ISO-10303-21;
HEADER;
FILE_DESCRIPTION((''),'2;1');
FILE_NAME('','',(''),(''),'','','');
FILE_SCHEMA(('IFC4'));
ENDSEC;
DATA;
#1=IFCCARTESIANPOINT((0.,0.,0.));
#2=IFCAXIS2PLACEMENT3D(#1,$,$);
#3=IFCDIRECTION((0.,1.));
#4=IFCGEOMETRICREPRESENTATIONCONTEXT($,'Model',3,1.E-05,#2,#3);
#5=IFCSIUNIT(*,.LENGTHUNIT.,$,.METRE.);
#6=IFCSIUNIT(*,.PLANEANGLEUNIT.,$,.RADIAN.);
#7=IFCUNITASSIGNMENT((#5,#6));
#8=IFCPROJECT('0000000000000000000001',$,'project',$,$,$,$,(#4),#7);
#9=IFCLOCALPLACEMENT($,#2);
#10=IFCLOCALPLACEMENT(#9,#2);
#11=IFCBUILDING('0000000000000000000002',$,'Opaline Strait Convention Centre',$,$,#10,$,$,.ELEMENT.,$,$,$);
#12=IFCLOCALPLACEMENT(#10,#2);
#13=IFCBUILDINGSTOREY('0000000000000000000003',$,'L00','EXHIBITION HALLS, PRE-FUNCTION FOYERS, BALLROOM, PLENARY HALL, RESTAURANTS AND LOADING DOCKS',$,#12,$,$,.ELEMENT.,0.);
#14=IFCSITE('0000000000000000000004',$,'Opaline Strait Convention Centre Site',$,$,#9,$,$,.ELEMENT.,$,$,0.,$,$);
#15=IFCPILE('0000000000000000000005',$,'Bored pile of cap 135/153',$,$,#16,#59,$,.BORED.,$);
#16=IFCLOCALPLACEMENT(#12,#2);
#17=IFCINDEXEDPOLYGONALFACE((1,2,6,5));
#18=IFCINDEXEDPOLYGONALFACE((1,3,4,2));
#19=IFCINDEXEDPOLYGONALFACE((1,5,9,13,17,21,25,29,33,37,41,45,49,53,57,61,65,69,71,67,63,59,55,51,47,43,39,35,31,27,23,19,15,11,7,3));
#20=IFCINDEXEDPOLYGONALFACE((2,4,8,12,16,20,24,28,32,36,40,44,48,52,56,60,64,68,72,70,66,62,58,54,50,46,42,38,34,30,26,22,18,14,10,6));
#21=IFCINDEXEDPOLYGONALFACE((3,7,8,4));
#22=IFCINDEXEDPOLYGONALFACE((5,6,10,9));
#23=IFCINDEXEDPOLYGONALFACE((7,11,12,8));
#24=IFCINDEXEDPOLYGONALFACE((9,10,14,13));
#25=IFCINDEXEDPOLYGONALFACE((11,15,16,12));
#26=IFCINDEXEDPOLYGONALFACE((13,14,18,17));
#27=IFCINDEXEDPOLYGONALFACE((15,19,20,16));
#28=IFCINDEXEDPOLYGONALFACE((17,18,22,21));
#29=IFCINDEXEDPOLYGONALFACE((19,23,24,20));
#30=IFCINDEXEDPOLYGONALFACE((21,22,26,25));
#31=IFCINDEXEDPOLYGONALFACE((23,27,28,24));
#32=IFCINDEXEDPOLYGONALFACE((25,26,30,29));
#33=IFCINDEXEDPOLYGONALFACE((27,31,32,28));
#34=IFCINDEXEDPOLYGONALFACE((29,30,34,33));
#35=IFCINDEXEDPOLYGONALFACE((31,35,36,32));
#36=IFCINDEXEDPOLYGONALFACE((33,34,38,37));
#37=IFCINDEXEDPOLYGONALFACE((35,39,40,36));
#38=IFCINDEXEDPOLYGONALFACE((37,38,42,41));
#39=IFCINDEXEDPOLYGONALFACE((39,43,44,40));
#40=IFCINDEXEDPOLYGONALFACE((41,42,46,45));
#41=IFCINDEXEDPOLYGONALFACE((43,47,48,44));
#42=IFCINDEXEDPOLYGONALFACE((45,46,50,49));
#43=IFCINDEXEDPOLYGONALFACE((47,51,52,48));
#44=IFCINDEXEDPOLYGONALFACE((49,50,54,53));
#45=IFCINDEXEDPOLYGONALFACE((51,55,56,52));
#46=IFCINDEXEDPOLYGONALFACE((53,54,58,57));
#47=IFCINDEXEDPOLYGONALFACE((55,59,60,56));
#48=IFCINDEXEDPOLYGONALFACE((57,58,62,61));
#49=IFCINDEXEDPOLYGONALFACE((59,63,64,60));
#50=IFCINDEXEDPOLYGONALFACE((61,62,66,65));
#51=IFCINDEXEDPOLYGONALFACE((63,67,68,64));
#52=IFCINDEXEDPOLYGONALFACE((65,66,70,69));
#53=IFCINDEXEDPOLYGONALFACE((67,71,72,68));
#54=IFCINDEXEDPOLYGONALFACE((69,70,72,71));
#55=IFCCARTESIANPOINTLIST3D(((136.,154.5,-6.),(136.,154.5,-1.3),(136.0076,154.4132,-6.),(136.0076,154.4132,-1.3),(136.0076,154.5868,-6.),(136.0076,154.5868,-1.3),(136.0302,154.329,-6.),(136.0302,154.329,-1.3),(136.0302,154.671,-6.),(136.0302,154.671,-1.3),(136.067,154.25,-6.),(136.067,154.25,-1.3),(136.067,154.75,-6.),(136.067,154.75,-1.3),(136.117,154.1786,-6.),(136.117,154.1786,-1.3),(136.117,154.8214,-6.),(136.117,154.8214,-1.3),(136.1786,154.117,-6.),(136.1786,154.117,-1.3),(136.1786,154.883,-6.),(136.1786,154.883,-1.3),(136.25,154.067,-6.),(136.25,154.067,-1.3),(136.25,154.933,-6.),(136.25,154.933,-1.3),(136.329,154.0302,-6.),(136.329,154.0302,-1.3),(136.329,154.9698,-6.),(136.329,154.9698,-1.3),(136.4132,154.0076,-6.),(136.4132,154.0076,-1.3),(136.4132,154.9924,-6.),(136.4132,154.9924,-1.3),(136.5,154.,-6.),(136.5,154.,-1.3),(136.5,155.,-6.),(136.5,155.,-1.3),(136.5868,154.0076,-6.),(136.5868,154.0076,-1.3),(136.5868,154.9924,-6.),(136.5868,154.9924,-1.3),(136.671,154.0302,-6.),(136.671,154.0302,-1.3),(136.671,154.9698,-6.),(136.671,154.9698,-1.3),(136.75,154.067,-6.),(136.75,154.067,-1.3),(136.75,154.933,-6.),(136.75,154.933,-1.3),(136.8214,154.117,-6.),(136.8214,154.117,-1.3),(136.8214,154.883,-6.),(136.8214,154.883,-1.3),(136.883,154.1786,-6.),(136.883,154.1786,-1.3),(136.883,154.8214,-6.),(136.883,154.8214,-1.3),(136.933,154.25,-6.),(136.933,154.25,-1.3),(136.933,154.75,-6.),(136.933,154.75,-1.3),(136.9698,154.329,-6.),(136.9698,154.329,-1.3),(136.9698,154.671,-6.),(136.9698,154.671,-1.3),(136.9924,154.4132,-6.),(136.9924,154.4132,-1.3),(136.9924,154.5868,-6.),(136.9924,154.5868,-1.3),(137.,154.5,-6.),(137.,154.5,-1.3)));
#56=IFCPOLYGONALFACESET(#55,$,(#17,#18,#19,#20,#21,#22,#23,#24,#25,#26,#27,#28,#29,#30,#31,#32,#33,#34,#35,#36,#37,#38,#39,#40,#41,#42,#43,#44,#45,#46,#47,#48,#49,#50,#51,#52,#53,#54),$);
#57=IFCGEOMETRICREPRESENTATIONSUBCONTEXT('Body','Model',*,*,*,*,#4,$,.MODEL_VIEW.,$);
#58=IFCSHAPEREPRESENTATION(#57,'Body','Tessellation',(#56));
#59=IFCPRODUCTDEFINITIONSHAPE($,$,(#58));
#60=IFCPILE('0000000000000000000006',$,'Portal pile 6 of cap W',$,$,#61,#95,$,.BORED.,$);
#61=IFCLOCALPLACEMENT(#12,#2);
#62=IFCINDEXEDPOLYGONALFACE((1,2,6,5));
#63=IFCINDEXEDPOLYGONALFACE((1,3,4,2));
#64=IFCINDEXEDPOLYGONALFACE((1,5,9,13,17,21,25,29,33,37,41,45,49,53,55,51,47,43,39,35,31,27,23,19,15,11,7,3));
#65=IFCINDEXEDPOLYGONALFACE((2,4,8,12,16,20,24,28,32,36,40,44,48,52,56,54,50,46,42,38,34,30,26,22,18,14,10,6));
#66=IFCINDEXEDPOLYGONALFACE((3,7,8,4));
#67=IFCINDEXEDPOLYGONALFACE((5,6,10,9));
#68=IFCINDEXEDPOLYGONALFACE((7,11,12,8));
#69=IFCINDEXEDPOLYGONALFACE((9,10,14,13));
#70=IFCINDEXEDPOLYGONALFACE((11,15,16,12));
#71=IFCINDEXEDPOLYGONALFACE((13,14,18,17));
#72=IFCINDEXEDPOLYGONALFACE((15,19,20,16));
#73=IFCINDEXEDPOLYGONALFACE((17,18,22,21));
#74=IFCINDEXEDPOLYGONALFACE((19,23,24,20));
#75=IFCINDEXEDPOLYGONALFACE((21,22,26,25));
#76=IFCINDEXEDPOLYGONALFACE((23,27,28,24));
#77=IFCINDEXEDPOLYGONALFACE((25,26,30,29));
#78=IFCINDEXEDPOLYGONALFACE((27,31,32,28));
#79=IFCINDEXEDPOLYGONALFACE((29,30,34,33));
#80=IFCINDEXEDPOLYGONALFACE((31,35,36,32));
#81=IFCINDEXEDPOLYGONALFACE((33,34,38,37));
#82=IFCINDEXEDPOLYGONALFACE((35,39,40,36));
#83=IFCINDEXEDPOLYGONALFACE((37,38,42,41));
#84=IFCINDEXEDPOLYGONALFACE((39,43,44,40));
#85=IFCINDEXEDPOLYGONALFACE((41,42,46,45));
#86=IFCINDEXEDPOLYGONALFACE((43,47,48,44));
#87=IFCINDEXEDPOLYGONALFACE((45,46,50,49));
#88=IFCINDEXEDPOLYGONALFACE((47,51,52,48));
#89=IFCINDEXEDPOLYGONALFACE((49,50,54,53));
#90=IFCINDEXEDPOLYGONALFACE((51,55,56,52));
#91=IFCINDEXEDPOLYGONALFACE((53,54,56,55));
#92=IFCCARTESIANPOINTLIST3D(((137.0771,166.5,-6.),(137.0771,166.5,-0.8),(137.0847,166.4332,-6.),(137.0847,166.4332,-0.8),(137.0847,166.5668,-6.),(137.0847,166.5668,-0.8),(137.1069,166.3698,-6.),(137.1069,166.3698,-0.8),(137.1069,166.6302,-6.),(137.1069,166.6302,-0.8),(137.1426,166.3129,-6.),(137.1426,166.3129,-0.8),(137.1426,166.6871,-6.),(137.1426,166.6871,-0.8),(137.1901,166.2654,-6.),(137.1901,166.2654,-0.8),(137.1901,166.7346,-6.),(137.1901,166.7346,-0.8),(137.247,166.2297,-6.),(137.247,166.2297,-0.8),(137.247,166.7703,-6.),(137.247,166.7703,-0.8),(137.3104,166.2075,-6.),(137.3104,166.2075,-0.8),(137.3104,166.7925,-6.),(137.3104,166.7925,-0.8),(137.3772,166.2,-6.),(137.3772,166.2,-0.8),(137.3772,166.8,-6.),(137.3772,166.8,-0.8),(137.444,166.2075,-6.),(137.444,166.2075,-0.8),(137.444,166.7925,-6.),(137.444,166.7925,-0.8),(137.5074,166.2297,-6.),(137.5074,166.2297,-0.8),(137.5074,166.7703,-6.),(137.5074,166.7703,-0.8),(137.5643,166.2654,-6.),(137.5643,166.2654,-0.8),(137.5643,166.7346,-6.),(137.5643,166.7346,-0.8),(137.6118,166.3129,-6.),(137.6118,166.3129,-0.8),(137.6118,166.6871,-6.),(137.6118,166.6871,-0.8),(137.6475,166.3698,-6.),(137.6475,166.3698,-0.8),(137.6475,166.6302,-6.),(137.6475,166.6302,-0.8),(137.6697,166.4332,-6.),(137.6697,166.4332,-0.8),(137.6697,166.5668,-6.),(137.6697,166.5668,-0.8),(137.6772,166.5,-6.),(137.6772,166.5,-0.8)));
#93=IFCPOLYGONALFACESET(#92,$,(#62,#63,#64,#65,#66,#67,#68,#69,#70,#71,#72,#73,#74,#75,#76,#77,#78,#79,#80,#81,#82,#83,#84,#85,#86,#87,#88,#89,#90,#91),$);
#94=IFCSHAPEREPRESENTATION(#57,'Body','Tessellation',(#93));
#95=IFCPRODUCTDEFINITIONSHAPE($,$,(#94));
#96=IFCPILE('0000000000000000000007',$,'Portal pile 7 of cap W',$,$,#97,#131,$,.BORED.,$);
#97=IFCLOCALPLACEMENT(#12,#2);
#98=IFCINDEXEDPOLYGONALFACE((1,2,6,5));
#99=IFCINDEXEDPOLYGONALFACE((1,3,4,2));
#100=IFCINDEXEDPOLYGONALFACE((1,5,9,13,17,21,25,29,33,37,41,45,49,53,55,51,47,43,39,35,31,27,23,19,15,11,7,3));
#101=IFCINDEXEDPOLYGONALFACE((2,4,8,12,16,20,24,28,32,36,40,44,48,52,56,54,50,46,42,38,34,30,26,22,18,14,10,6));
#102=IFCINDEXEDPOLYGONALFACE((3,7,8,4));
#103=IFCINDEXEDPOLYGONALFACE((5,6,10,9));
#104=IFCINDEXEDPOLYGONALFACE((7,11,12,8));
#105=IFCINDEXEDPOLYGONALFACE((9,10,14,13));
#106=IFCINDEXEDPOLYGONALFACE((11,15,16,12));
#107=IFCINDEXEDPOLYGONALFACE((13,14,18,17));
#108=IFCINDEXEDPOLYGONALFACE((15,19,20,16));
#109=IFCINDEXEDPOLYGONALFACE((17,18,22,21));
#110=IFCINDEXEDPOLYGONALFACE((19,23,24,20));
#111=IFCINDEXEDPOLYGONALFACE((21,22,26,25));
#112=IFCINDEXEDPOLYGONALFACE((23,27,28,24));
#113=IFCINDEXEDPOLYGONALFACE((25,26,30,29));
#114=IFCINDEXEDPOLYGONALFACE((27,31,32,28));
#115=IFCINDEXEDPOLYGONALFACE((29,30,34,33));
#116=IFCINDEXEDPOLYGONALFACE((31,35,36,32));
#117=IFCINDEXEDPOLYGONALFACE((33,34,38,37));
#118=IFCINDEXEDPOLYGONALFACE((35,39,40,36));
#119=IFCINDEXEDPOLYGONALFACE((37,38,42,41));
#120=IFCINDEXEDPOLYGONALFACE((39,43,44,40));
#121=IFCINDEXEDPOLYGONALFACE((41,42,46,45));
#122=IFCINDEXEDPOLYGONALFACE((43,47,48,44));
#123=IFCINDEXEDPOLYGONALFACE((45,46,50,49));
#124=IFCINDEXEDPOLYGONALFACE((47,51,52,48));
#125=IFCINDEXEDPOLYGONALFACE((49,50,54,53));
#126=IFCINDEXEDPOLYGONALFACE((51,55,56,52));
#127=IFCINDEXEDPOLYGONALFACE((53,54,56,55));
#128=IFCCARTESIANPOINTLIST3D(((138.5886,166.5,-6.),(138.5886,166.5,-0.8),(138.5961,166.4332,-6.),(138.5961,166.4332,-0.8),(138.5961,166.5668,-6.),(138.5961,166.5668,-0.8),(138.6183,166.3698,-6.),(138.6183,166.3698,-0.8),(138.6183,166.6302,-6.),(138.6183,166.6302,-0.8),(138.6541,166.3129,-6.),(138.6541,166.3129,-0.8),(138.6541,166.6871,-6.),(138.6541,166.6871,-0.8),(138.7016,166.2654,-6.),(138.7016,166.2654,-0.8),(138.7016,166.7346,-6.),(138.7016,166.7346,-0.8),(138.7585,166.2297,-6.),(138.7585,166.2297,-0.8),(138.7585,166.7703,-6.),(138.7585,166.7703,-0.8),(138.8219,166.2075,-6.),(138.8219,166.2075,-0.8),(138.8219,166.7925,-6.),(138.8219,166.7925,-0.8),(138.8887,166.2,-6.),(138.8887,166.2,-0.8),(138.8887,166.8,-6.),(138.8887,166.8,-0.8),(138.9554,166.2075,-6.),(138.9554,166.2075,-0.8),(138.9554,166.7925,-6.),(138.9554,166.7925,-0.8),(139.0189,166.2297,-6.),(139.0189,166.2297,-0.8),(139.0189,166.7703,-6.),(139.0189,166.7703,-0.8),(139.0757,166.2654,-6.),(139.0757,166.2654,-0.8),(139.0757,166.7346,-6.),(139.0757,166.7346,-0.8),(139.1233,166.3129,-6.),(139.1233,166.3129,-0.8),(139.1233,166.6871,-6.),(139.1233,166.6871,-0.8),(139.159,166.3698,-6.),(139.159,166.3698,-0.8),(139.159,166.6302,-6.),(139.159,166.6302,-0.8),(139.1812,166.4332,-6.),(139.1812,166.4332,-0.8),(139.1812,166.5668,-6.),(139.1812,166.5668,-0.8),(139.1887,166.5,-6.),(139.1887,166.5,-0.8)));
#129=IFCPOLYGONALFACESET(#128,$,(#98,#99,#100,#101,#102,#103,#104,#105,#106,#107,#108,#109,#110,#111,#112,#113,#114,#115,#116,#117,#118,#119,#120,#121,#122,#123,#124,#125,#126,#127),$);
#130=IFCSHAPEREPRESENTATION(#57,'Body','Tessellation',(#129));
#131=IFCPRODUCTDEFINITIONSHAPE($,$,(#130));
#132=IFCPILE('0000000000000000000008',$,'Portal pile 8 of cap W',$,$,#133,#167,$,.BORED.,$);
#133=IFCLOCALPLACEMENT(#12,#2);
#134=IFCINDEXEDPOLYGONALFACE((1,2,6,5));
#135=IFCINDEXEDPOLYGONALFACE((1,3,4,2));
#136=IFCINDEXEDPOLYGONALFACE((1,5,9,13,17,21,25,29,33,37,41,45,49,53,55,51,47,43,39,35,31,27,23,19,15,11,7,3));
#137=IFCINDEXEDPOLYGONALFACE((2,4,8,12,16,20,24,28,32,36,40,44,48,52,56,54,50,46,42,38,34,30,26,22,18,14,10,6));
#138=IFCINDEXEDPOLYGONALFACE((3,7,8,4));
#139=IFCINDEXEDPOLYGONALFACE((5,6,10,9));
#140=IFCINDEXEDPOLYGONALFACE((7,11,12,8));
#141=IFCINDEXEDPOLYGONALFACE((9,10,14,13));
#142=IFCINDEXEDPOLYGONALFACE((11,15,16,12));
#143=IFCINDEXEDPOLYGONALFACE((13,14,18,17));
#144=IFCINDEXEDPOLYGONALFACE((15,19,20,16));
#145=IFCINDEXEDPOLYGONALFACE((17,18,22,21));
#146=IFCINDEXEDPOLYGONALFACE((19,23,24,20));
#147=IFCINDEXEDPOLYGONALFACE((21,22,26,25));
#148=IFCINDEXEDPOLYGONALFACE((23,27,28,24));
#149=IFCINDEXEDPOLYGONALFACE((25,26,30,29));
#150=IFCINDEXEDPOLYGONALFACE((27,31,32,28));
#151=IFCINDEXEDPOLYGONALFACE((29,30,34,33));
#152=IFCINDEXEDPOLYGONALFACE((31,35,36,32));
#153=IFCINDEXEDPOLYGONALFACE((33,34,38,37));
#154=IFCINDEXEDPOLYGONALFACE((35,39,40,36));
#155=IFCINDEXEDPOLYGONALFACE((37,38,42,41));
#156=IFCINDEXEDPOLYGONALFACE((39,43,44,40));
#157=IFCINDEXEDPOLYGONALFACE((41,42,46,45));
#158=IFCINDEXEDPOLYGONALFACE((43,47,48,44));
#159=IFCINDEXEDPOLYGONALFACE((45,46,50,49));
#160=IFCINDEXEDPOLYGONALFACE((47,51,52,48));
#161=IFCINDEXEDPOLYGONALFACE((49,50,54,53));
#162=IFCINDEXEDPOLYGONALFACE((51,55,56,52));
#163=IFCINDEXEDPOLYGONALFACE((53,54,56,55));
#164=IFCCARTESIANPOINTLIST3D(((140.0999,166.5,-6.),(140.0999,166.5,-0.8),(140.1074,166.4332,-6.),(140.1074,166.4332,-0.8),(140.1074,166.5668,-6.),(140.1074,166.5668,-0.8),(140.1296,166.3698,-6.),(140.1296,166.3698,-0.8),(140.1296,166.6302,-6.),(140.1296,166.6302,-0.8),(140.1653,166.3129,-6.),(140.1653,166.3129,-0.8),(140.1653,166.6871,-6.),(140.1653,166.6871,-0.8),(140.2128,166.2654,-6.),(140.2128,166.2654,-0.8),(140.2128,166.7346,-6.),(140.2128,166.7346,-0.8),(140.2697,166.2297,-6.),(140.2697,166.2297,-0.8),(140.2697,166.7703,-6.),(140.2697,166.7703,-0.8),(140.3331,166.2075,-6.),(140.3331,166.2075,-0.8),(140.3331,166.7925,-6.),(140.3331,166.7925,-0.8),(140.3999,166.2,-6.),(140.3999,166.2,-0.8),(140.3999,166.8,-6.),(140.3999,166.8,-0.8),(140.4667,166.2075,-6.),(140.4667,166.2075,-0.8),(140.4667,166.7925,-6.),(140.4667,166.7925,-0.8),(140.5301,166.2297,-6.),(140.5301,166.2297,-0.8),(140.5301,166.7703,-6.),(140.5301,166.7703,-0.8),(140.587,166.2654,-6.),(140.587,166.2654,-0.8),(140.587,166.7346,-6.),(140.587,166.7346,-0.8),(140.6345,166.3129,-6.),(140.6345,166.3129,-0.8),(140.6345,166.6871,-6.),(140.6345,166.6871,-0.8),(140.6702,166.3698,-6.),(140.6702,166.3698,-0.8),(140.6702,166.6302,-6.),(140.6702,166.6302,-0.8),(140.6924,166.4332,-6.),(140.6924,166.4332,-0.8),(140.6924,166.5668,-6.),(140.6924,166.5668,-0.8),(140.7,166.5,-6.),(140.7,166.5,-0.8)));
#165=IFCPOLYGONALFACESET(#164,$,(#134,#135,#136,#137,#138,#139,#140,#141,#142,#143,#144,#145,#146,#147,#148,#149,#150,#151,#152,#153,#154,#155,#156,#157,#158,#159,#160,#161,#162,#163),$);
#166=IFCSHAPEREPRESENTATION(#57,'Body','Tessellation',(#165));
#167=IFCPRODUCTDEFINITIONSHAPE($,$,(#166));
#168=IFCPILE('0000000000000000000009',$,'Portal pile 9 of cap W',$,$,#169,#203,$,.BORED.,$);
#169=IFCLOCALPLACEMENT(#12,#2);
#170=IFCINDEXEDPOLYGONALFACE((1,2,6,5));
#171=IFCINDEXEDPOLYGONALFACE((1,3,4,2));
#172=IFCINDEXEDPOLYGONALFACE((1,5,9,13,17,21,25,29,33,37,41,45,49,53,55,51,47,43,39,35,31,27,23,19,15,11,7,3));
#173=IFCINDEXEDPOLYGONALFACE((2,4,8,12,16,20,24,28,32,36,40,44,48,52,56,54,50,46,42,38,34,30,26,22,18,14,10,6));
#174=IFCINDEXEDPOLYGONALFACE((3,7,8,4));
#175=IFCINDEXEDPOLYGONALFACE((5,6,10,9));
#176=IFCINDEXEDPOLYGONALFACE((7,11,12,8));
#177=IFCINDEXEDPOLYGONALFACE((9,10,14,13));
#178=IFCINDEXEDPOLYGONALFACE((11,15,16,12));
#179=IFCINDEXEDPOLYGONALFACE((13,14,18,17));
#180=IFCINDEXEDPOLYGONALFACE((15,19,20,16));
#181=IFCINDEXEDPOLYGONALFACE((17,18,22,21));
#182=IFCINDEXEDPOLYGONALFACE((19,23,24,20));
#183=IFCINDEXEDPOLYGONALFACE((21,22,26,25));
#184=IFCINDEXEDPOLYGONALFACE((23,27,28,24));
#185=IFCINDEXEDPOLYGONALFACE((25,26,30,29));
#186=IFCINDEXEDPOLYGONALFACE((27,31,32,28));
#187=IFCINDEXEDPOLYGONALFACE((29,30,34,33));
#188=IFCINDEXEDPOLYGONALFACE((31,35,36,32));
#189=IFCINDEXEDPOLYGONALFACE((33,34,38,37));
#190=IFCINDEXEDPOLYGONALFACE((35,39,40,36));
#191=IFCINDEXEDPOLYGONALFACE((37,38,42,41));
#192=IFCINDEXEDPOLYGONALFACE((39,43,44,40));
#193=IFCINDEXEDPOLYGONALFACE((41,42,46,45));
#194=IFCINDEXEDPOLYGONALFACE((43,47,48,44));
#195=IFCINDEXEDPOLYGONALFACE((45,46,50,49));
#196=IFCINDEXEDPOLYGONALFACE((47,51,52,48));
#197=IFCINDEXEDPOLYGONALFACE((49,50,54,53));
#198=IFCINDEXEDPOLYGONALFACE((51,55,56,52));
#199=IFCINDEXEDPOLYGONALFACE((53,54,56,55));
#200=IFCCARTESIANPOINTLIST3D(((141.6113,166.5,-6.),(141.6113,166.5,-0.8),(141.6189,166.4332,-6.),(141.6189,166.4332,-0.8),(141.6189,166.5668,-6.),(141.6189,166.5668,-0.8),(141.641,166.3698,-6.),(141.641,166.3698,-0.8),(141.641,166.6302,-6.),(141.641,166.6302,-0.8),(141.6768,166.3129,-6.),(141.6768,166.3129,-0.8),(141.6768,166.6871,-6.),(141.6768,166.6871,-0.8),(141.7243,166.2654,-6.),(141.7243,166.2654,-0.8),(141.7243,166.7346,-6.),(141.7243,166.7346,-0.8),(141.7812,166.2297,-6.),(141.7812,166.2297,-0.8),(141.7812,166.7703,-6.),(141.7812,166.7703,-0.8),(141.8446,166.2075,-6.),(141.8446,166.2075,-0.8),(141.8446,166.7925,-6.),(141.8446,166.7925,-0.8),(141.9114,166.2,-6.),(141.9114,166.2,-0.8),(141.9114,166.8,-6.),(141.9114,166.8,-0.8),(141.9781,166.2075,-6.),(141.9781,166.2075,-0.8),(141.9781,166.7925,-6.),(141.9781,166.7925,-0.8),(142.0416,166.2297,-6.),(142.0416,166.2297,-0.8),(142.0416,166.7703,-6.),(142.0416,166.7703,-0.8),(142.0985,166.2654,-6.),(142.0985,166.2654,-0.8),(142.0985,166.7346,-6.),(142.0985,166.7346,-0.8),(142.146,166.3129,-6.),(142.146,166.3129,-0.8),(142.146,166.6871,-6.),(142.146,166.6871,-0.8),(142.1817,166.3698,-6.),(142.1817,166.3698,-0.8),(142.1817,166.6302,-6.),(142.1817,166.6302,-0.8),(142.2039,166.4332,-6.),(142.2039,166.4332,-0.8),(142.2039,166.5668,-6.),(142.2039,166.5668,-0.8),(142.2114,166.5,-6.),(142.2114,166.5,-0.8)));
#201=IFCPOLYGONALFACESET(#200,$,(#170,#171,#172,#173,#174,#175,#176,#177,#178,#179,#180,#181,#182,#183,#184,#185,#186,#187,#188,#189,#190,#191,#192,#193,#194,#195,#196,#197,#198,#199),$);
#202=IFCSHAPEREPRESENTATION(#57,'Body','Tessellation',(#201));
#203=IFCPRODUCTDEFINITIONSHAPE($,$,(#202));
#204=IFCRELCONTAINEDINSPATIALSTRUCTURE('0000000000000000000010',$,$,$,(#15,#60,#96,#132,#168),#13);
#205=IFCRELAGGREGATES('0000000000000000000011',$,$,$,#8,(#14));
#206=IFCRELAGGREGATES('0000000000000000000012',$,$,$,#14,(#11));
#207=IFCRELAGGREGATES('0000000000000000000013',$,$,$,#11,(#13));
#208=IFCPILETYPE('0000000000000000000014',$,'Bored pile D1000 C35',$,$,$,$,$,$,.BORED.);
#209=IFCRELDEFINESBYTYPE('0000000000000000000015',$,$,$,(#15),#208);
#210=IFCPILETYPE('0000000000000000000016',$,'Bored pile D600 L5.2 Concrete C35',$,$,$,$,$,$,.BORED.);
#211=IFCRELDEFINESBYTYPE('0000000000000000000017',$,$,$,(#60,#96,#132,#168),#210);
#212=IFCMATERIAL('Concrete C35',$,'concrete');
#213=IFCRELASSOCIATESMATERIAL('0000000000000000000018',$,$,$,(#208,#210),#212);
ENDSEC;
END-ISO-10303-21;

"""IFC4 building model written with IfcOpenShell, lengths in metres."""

from ifc_helpers import new_model, si_unit, direction, frame, origin, origin_2d, place, context, subcontext, project, spatial, circle, extrude, material, material_profile, profile_set, type_object, element, save


model = new_model("IFC4")

# Units and contexts
model_context = context("Model", 3, precision=1e-05, world=origin(), true_north=direction((0.0, 1.0)))
body_context = subcontext(model_context, "Body", "Model", "MODEL_VIEW")
ifc_project = project(units=[si_unit("LENGTHUNIT", "METRE"), si_unit("PLANEANGLEUNIT", "RADIAN")], contexts=[model_context])

# Site, building, storey
site_placement = place(None, origin())
site = spatial("IfcSite", under=ifc_project, at=site_placement, Name="Opaline Strait Convention Centre Site", CompositionType="ELEMENT", RefElevation=0.0)
building_placement = place(site_placement, origin())
building = spatial("IfcBuilding", under=site, at=building_placement, Name="Opaline Strait Convention Centre", CompositionType="ELEMENT")
storey_placement = place(building_placement, origin())
storey = spatial("IfcBuildingStorey", under=building, at=storey_placement, Name="L00", Description="EXHIBITION HALLS, PRE-FUNCTION FOYERS, BALLROOM, PLENARY HALL, RESTAURANTS AND LOADING DOCKS", CompositionType="ELEMENT", Elevation=0.0)

# Piles
ifc_material_1 = material(Name="Concrete C35", Category="concrete")
ifc_material_profile_1 = material_profile(ifc_material_1, circle(Radius=0.5, at=origin_2d()), Name="D1000")
ifc_profile_set_1 = profile_set([ifc_material_profile_1], Name="Concrete C35")
pile_type_1 = type_object("IfcPileType", Name="Bored pile D1000 C35", PredefinedType="BORED", material=ifc_profile_set_1)
pile_placement = place(storey_placement, frame((136.5, 154.5, -1.3), z_axis=(0.0, 0.0, -1.0), x_axis=(1.0, 0.0, 0.0)))
element("IfcPile", 1, at=pile_placement, inside=storey, type_object=pile_type_1, Name="Bored pile of cap 135/153", PredefinedType="BORED", context=body_context, shape_type="SweptSolid", body=[
    extrude(circle(Radius=0.5, at=origin_2d()), origin(), (0.0, 0.0, 1.0), 4.7),
])
ifc_material_profile_2 = material_profile(ifc_material_1, circle(Radius=0.3, at=origin_2d()), Name="D600")
ifc_profile_set_2 = profile_set([ifc_material_profile_2], Name="Concrete C35")
pile_type_2 = type_object("IfcPileType", Name="Bored pile D600 L5.2 Concrete C35", PredefinedType="BORED", material=ifc_profile_set_2)
for number, where, z_axis, x_axis, name in (
    (2, (137.3772, 166.5, -0.8), (0.0, 0.0, -1.0), (1.0, 0.0, 0.0), "Portal pile 6 of cap W"),
    (3, (138.8887, 166.5, -0.8), (0.0, 0.0, -1.0), (1.0, 0.0, 0.0), "Portal pile 7 of cap W"),
    (4, (140.3999, 166.5, -0.8), (0.0, 0.0, -1.0), (1.0, 0.0, 0.0), "Portal pile 8 of cap W"),
    (5, (141.9114, 166.5, -0.8), (0.0, 0.0, -1.0), (1.0, 0.0, 0.0), "Portal pile 9 of cap W"),
):
    element("IfcPile", number, at=place(storey_placement, frame(where, z_axis=z_axis, x_axis=x_axis)), inside=storey, type_object=pile_type_2, Name=name, PredefinedType="BORED", context=body_context, shape_type="SweptSolid", body=[
        extrude(circle(Radius=0.3, at=origin_2d()), origin(), (0.0, 0.0, 1.0), 5.2),
    ])

save(model, "model.ifc")
